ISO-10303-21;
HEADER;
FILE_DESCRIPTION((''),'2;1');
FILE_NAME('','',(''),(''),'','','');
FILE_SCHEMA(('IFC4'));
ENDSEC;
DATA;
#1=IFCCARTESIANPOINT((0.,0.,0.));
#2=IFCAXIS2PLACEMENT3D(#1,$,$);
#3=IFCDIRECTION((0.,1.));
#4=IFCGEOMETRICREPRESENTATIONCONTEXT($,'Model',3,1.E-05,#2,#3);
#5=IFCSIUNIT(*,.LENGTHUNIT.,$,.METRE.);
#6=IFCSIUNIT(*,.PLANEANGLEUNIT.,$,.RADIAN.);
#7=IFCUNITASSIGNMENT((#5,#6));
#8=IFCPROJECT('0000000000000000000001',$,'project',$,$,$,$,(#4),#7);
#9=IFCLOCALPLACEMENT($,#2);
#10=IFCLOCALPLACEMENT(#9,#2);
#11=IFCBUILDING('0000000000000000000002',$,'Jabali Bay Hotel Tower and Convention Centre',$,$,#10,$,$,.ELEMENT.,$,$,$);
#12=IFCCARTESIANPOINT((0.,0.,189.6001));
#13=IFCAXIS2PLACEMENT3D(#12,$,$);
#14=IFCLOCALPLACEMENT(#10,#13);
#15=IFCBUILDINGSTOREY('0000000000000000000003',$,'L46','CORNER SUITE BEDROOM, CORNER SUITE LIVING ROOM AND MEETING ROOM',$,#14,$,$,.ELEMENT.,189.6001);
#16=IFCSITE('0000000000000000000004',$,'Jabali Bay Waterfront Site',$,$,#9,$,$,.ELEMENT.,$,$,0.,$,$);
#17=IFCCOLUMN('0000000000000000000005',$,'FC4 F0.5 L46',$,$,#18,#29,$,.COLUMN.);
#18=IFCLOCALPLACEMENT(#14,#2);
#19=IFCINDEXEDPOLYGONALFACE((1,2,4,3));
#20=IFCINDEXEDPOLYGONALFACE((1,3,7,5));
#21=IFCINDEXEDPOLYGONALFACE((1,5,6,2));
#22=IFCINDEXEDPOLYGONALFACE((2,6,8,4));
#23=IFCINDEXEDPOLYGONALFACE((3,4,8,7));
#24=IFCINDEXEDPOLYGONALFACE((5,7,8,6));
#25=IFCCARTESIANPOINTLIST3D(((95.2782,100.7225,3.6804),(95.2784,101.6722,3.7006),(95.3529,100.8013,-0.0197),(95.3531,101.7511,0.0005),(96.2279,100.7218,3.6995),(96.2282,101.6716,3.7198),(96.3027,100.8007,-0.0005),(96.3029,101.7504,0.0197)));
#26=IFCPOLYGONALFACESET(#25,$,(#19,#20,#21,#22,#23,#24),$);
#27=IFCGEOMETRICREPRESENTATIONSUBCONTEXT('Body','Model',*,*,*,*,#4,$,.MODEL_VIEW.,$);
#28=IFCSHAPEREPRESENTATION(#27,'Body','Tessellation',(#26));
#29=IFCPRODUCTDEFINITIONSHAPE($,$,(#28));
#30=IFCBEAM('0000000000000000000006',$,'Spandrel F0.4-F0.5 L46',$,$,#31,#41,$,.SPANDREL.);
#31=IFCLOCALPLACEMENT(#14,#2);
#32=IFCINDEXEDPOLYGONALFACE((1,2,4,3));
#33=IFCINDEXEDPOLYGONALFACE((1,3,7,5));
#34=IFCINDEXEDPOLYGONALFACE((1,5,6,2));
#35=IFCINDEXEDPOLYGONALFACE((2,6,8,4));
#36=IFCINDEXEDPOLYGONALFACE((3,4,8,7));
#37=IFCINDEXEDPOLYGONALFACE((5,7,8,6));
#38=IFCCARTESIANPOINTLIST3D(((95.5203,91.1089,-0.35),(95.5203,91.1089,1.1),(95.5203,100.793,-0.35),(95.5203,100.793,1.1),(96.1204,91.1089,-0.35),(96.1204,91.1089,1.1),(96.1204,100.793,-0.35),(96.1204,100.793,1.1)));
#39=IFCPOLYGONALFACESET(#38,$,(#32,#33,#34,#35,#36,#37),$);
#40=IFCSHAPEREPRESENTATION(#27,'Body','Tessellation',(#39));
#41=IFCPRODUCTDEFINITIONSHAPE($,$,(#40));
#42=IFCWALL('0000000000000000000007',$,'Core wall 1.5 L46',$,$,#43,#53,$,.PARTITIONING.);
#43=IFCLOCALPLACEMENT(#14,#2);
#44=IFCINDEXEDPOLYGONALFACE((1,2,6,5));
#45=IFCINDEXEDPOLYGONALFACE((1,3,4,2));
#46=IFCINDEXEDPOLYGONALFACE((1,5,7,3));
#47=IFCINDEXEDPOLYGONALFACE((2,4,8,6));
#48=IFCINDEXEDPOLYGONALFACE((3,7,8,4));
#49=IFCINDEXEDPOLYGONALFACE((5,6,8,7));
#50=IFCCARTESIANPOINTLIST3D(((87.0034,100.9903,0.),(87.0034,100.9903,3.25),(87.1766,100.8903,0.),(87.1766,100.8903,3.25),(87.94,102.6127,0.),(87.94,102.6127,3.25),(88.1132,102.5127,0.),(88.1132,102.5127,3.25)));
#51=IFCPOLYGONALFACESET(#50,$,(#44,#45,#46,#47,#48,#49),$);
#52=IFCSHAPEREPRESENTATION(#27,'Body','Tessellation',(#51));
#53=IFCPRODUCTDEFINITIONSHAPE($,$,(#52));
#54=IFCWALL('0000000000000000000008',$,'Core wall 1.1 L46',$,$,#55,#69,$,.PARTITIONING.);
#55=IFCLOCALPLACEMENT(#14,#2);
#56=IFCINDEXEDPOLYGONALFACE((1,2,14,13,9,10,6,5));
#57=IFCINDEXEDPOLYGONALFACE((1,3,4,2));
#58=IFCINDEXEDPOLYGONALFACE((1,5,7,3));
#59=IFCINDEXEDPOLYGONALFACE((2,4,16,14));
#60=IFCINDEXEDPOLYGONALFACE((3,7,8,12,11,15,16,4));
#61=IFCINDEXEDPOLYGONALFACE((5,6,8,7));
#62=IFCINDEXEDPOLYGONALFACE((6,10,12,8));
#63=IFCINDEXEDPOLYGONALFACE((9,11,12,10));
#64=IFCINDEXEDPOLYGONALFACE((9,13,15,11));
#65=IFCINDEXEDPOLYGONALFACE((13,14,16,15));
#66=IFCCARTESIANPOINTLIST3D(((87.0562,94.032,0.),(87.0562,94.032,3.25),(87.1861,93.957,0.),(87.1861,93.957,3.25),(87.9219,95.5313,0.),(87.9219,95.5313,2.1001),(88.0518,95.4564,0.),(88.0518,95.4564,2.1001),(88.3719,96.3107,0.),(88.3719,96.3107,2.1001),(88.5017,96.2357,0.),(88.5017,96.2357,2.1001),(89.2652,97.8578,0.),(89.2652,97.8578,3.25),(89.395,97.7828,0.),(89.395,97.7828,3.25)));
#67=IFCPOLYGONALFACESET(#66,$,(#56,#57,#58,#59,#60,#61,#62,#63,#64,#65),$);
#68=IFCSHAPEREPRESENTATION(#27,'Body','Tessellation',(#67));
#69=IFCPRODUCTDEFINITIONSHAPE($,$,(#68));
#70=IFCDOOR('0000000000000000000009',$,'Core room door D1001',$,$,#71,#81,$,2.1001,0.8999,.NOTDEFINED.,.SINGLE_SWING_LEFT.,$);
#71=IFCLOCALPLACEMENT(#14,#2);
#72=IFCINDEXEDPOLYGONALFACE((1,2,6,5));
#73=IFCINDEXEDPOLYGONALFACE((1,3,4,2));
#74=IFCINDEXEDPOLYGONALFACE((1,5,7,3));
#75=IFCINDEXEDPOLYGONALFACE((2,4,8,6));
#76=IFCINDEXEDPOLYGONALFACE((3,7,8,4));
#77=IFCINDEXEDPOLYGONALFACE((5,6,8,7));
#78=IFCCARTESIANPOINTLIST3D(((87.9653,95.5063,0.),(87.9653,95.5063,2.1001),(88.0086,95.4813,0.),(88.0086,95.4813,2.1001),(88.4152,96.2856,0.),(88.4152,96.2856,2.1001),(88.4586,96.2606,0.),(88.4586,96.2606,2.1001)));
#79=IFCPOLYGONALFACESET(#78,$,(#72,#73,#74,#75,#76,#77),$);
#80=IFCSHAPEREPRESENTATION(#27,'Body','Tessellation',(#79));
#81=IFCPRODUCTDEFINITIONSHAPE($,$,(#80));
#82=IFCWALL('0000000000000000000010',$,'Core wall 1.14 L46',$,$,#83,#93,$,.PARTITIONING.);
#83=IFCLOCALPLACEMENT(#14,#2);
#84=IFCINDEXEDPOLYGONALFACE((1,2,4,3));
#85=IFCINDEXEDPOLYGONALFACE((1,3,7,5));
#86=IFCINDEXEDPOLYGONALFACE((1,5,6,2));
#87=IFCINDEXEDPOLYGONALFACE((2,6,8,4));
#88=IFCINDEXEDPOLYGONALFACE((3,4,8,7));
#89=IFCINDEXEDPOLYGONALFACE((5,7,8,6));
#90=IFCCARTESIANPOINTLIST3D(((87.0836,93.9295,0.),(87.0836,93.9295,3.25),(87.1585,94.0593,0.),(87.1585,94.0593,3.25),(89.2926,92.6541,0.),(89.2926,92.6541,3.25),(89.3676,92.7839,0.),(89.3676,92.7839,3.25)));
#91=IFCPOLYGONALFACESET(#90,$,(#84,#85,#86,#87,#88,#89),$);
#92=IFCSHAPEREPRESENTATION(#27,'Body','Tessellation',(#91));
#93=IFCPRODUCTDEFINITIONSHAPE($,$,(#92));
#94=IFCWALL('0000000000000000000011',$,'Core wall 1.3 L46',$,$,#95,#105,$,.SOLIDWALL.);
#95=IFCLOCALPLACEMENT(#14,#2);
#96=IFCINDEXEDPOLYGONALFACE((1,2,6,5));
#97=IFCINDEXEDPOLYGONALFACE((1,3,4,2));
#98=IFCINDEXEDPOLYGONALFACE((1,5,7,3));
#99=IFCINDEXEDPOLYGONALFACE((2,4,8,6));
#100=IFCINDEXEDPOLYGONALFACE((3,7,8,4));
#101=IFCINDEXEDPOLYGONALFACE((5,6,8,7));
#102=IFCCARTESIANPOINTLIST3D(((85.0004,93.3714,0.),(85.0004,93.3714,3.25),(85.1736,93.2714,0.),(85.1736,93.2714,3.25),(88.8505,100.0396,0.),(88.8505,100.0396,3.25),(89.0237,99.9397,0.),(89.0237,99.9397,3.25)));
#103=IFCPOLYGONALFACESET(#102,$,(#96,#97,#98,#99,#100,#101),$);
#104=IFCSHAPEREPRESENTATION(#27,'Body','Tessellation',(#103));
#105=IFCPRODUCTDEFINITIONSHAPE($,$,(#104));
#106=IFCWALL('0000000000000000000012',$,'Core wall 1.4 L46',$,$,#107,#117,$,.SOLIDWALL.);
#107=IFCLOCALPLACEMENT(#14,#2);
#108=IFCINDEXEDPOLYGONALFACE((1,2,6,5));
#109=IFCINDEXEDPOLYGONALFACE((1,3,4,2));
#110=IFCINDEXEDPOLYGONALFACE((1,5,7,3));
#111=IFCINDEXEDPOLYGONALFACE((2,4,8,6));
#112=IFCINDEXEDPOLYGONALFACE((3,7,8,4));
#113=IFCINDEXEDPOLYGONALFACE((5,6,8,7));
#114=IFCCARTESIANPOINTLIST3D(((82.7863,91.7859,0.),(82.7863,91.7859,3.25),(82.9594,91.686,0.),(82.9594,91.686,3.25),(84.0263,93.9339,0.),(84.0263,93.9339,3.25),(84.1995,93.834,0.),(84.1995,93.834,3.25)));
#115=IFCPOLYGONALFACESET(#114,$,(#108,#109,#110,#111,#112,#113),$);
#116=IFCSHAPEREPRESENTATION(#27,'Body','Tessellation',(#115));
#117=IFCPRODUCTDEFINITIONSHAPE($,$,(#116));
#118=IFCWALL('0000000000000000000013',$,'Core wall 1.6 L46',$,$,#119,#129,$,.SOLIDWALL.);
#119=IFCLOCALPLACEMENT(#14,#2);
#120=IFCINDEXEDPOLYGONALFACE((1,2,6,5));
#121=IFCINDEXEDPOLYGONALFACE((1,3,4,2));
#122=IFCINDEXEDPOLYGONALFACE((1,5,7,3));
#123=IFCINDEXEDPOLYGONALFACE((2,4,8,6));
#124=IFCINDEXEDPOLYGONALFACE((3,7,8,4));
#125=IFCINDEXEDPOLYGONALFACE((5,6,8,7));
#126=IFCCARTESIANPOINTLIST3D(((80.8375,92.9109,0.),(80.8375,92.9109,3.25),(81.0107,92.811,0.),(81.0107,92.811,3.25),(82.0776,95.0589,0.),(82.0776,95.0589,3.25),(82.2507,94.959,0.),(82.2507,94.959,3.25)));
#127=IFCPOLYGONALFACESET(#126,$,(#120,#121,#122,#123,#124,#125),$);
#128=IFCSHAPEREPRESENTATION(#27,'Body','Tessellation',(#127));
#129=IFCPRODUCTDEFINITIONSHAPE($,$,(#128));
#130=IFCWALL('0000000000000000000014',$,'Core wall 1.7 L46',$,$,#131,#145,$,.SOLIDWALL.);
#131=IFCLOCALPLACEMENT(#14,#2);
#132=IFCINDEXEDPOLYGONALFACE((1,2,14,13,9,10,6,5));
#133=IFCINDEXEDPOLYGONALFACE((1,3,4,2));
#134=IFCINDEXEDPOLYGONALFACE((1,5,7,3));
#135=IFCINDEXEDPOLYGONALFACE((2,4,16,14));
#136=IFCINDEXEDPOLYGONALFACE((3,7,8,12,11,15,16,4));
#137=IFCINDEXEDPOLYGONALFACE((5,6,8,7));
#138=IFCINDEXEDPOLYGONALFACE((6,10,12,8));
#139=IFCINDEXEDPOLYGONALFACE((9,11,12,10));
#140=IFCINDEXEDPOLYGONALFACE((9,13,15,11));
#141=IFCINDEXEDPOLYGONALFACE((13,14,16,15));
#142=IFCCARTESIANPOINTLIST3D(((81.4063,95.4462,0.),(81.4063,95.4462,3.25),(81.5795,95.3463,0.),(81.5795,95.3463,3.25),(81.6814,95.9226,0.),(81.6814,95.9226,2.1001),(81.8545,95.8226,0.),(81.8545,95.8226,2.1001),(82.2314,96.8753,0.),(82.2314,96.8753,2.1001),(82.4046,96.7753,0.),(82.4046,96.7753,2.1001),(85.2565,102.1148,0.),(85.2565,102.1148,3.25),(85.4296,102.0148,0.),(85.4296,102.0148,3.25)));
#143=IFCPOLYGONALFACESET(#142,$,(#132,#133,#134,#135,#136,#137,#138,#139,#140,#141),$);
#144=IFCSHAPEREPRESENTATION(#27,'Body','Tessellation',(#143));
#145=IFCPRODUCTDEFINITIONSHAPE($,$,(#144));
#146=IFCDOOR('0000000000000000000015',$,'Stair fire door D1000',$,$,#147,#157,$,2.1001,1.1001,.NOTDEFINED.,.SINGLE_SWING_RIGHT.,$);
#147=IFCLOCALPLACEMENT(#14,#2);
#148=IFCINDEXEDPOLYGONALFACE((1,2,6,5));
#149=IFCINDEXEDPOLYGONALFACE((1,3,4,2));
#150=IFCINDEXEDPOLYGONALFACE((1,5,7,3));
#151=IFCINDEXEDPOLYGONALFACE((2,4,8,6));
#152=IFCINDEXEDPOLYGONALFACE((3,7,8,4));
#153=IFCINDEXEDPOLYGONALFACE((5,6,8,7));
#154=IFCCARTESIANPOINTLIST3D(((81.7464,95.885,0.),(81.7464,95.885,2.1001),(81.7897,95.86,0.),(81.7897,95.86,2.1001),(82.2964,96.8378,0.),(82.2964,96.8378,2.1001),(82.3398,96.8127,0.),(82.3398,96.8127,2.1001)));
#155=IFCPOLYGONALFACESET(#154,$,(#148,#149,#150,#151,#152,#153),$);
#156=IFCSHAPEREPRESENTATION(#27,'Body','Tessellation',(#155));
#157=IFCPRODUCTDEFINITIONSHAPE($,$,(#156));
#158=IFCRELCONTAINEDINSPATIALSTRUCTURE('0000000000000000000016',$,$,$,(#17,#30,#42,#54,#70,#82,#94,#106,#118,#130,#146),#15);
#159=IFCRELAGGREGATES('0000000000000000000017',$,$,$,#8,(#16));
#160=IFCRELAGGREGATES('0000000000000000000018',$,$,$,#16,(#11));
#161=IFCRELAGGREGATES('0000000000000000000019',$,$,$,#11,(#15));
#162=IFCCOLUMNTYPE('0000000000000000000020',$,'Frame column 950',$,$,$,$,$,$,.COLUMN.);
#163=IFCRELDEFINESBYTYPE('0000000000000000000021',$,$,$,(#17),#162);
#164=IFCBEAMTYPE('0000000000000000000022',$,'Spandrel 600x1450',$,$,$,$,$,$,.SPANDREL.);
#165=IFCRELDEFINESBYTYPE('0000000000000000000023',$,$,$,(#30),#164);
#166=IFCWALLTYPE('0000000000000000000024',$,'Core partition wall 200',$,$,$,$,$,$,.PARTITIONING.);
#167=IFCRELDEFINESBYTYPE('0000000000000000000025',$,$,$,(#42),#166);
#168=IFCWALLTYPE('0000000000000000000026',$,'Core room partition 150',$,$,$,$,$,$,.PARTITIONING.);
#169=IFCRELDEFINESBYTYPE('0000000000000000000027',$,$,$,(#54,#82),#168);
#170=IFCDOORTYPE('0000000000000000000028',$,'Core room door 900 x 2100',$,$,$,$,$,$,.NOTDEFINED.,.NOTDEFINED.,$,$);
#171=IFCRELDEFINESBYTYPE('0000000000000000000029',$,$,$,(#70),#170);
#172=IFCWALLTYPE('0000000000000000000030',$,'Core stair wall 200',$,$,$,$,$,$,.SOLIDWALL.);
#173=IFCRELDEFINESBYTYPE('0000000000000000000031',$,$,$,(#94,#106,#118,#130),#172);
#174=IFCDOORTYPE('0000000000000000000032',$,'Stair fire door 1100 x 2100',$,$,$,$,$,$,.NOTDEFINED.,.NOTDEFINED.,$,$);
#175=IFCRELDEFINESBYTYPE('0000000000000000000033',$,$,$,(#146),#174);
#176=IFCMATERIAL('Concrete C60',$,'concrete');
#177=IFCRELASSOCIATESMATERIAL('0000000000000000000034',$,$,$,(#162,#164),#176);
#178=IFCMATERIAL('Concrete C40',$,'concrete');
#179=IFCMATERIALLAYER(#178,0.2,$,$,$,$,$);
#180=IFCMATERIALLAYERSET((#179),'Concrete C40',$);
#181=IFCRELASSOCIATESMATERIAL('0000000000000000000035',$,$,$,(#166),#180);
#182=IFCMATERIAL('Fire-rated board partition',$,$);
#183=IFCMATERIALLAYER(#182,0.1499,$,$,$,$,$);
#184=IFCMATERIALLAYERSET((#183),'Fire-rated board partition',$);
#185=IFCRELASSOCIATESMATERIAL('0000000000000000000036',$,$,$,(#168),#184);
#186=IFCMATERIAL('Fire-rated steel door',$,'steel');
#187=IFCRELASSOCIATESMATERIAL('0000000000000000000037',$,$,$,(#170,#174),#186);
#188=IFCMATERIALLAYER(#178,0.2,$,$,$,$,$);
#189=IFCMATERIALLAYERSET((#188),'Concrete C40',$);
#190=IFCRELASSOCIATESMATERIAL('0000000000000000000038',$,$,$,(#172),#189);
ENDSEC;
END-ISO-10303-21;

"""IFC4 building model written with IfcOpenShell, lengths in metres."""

from ifc_helpers import new_model, si_unit, direction, frame, frame_2d, origin, origin_2d, place, context, subcontext, project, spatial, rectangle, extrude, material, layer, layer_set, material_profile, profile_set, type_object, element, fill, save


model = new_model("IFC4")

# Units and contexts
model_context = context("Model", 3, precision=1e-05, world=origin(), true_north=direction((0.0, 1.0)))
body_context = subcontext(model_context, "Body", "Model", "MODEL_VIEW")
ifc_project = project(units=[si_unit("LENGTHUNIT", "METRE"), si_unit("PLANEANGLEUNIT", "RADIAN")], contexts=[model_context])

# Site, building, storey
site_placement = place(None, origin())
site = spatial("IfcSite", under=ifc_project, at=site_placement, Name="Jabali Bay Waterfront Site", CompositionType="ELEMENT", RefElevation=0.0)
building_placement = place(site_placement, origin())
building = spatial("IfcBuilding", under=site, at=building_placement, Name="Jabali Bay Hotel Tower and Convention Centre", CompositionType="ELEMENT")
storey_placement = place(building_placement, frame((0.0, 0.0, 189.6001)))
storey = spatial("IfcBuildingStorey", under=building, at=storey_placement, Name="L46", Description="CORNER SUITE BEDROOM, CORNER SUITE LIVING ROOM AND MEETING ROOM", CompositionType="ELEMENT", Elevation=189.6001)

# Column
ifc_material_1 = material(Name="Concrete C60", Category="concrete")
ifc_material_profile_1 = material_profile(ifc_material_1, rectangle(XDim=0.95, YDim=0.95, at=origin_2d()), Name="Frame column 950")
ifc_profile_set_1 = profile_set([ifc_material_profile_1], Name="Concrete C60")
column_type = type_object("IfcColumnType", Name="Frame column 950", PredefinedType="COLUMN", material=ifc_profile_set_1)
column_placement = place(storey_placement, frame((95.8279, 101.2759, 0.0), z_axis=(-0.020183, -0.021304, 0.999569), x_axis=(0.999796, -0.000652, 0.020173)))
element("IfcColumn", 1, at=column_placement, inside=storey, type_object=column_type, Name="FC4 F0.5 L46", PredefinedType="COLUMN", context=body_context, shape_type="SweptSolid", body=[
    extrude(rectangle(XDim=0.95, YDim=0.95, at=origin_2d()), origin(), (0.0, 0.0, 1.0), 3.7017),
])

# Beam
ifc_material_profile_2 = material_profile(ifc_material_1, rectangle(XDim=0.6001, YDim=1.45, at=origin_2d()), Name="Spandrel 600x1450")
ifc_profile_set_2 = profile_set([ifc_material_profile_2], Name="Concrete C60")
beam_type = type_object("IfcBeamType", Name="Spandrel 600x1450", PredefinedType="SPANDREL", material=ifc_profile_set_2)
beam_placement = place(storey_placement, frame((95.8203, 91.1089, 0.375), z_axis=(0.0, 1.0, 0.0), x_axis=(-1.0, 0.0, 0.0)))
element("IfcBeam", 2, at=beam_placement, inside=storey, type_object=beam_type, Name="Spandrel F0.4-F0.5 L46", PredefinedType="SPANDREL", context=body_context, shape_type="SweptSolid", body=[
    extrude(rectangle(XDim=0.6001, YDim=1.45, at=origin_2d()), origin(), (0.0, 0.0, 1.0), 9.6841),
])

# Wall
ifc_material_2 = material(Name="Concrete C40", Category="concrete")
ifc_layer_1 = layer(ifc_material_2, 0.2)
ifc_layer_set_1 = layer_set([ifc_layer_1], Name="Concrete C40")
wall_type_1 = type_object("IfcWallType", Name="Core partition wall 200", PredefinedType="PARTITIONING", material=ifc_layer_set_1)
wall_1_placement = place(storey_placement, frame((87.0901, 100.9404, 0.0), z_axis=(0.0, 0.0, 1.0), x_axis=(0.499952, 0.866053, 0.0)))
element("IfcWall", 3, at=wall_1_placement, inside=storey, type_object=wall_type_1, Name="Core wall 1.5 L46", PredefinedType="PARTITIONING", context=body_context, shape_type="SweptSolid", body=[
    extrude(rectangle(XDim=1.8733, YDim=0.2, at=frame_2d((0.9365, 0.0))), origin(), (0.0, 0.0, 1.0), 3.25),
])

# Wall, opening, door
ifc_material_3 = material(Name="Fire-rated board partition")
ifc_layer_2 = layer(ifc_material_3, 0.1499)
ifc_layer_set_2 = layer_set([ifc_layer_2], Name="Fire-rated board partition")
wall_type_2 = type_object("IfcWallType", Name="Core room partition 150", PredefinedType="PARTITIONING", material=ifc_layer_set_2)
wall_2_placement = place(storey_placement, frame((87.1211, 93.9944, 0.0), z_axis=(0.0, 0.0, 1.0), x_axis=(0.500014, 0.866017, 0.0)))
wall_2 = element("IfcWall", 4, at=wall_2_placement, inside=storey, type_object=wall_type_2, Name="Core wall 1.1 L46", PredefinedType="PARTITIONING", context=body_context, shape_type="SweptSolid", body=[
    extrude(rectangle(XDim=4.4177, YDim=0.1499, at=frame_2d((2.209, 0.0))), origin(), (0.0, 0.0, 1.0), 3.25),
])
opening_1_placement = place(wall_2_placement, frame((1.7314, 0.0, 0.0)))
opening_1 = element("IfcOpeningElement", 5, at=opening_1_placement, cuts=wall_2, PredefinedType="OPENING", context=body_context, shape_type="SweptSolid", body=[
    extrude(rectangle(XDim=0.8999, YDim=2.1001, at=frame_2d((0.45, 1.05))), frame((0.0, 0.0854, 0.0), z_axis=(0.0, -1.0, 0.0), x_axis=(1.0, 0.0, 0.0)), (0.0, 0.0, 1.0), 0.1709),
])
ifc_material_4 = material(Name="Fire-rated steel door", Category="steel")
door_type_1 = type_object("IfcDoorType", Name="Core room door 900 x 2100", OperationType="NOTDEFINED", PredefinedType="NOTDEFINED", material=ifc_material_4)
door_1_placement = place(opening_1_placement, origin())
door_1 = element("IfcDoor", 6, at=door_1_placement, inside=storey, type_object=door_type_1, Name="Core room door D1001", OperationType="SINGLE_SWING_LEFT", OverallHeight=2.1001, OverallWidth=0.8999, PredefinedType="NOTDEFINED", context=body_context, shape_type="SweptSolid", body=[
    extrude(rectangle(XDim=0.8999, YDim=2.1001, at=frame_2d((0.45, 1.05))), frame((0.0, 0.0249, 0.0), z_axis=(0.0, -1.0, 0.0), x_axis=(1.0, 0.0, 0.0)), (0.0, 0.0, 1.0), 0.05),
])
fill(opening_1, door_1)

# Walls
wall_3_placement = place(storey_placement, frame((89.3301, 92.719, 0.0), z_axis=(0.0, 0.0, 1.0), x_axis=(-0.86602, 0.50001, 0.0)))
element("IfcWall", 7, at=wall_3_placement, inside=storey, type_object=wall_type_2, Name="Core wall 1.14 L46", PredefinedType="PARTITIONING", context=body_context, shape_type="SweptSolid", body=[
    extrude(rectangle(XDim=2.5508, YDim=0.1499, at=frame_2d((1.2754, 0.0))), origin(), (0.0, 0.0, 1.0), 3.25),
])
ifc_layer_3 = layer(ifc_material_2, 0.2)
ifc_layer_set_3 = layer_set([ifc_layer_3], Name="Concrete C40")
wall_type_3 = type_object("IfcWallType", Name="Core stair wall 200", PredefinedType="SOLIDWALL", material=ifc_layer_set_3)
wall_4_placement = place(storey_placement, frame((85.0869, 93.3213, 0.0), z_axis=(0.0, 0.0, 1.0), x_axis=(0.50002, 0.866014, 0.0)))
element("IfcWall", 8, at=wall_4_placement, inside=storey, type_object=wall_type_3, Name="Core wall 1.3 L46", PredefinedType="SOLIDWALL", context=body_context, shape_type="SweptSolid", body=[
    extrude(rectangle(XDim=7.7, YDim=0.2, at=frame_2d((3.8501, 0.0))), origin(), (0.0, 0.0, 1.0), 3.25),
])
for number, where, z_axis, x_axis, name in (
    (9, (82.8728, 91.7358, 0.0), (0.0, 0.0, 1.0), (0.499961, 0.866048, 0.0), "Core wall 1.4 L46"),
    (10, (80.9241, 92.8608, 0.0), (0.0, 0.0, 1.0), (0.499961, 0.866048, 0.0), "Core wall 1.6 L46"),
):
    element("IfcWall", number, at=place(storey_placement, frame(where, z_axis=z_axis, x_axis=x_axis)), inside=storey, type_object=wall_type_3, Name=name, PredefinedType="SOLIDWALL", context=body_context, shape_type="SweptSolid", body=[
        extrude(rectangle(XDim=2.4802, YDim=0.2, at=frame_2d((1.2402, 0.0))), origin(), (0.0, 0.0, 1.0), 3.25),
    ])

# Wall, opening, door
wall_5_placement = place(storey_placement, frame((81.4929, 95.3962, 0.0), z_axis=(0.0, 0.0, 1.0), x_axis=(0.500006, 0.866022, 0.0)))
wall_5 = element("IfcWall", 11, at=wall_5_placement, inside=storey, type_object=wall_type_3, Name="Core wall 1.7 L46", PredefinedType="SOLIDWALL", context=body_context, shape_type="SweptSolid", body=[
    extrude(rectangle(XDim=7.7002, YDim=0.2, at=frame_2d((3.8501, 0.0))), origin(), (0.0, 0.0, 1.0), 3.25),
])
opening_2_placement = place(wall_5_placement, frame((0.55, 0.0, 0.0)))
opening_2 = element("IfcOpeningElement", 12, at=opening_2_placement, cuts=wall_5, PredefinedType="OPENING", context=body_context, shape_type="SweptSolid", body=[
    extrude(rectangle(XDim=1.1001, YDim=2.1001, at=frame_2d((0.55, 1.05))), frame((0.0, 0.1104, 0.0), z_axis=(0.0, -1.0, 0.0), x_axis=(1.0, 0.0, 0.0)), (0.0, 0.0, 1.0), 0.2209),
])
door_type_2 = type_object("IfcDoorType", Name="Stair fire door 1100 x 2100", OperationType="NOTDEFINED", PredefinedType="NOTDEFINED", material=ifc_material_4)
door_2_placement = place(opening_2_placement, origin())
door_2 = element("IfcDoor", 13, at=door_2_placement, inside=storey, type_object=door_type_2, Name="Stair fire door D1000", OperationType="SINGLE_SWING_RIGHT", OverallHeight=2.1001, OverallWidth=1.1001, PredefinedType="NOTDEFINED", context=body_context, shape_type="SweptSolid", body=[
    extrude(rectangle(XDim=1.1001, YDim=2.1001, at=frame_2d((0.55, 1.05))), frame((0.0, 0.0249, 0.0), z_axis=(0.0, -1.0, 0.0), x_axis=(1.0, 0.0, 0.0)), (0.0, 0.0, 1.0), 0.05),
])
fill(opening_2, door_2)

save(model, "model.ifc")
